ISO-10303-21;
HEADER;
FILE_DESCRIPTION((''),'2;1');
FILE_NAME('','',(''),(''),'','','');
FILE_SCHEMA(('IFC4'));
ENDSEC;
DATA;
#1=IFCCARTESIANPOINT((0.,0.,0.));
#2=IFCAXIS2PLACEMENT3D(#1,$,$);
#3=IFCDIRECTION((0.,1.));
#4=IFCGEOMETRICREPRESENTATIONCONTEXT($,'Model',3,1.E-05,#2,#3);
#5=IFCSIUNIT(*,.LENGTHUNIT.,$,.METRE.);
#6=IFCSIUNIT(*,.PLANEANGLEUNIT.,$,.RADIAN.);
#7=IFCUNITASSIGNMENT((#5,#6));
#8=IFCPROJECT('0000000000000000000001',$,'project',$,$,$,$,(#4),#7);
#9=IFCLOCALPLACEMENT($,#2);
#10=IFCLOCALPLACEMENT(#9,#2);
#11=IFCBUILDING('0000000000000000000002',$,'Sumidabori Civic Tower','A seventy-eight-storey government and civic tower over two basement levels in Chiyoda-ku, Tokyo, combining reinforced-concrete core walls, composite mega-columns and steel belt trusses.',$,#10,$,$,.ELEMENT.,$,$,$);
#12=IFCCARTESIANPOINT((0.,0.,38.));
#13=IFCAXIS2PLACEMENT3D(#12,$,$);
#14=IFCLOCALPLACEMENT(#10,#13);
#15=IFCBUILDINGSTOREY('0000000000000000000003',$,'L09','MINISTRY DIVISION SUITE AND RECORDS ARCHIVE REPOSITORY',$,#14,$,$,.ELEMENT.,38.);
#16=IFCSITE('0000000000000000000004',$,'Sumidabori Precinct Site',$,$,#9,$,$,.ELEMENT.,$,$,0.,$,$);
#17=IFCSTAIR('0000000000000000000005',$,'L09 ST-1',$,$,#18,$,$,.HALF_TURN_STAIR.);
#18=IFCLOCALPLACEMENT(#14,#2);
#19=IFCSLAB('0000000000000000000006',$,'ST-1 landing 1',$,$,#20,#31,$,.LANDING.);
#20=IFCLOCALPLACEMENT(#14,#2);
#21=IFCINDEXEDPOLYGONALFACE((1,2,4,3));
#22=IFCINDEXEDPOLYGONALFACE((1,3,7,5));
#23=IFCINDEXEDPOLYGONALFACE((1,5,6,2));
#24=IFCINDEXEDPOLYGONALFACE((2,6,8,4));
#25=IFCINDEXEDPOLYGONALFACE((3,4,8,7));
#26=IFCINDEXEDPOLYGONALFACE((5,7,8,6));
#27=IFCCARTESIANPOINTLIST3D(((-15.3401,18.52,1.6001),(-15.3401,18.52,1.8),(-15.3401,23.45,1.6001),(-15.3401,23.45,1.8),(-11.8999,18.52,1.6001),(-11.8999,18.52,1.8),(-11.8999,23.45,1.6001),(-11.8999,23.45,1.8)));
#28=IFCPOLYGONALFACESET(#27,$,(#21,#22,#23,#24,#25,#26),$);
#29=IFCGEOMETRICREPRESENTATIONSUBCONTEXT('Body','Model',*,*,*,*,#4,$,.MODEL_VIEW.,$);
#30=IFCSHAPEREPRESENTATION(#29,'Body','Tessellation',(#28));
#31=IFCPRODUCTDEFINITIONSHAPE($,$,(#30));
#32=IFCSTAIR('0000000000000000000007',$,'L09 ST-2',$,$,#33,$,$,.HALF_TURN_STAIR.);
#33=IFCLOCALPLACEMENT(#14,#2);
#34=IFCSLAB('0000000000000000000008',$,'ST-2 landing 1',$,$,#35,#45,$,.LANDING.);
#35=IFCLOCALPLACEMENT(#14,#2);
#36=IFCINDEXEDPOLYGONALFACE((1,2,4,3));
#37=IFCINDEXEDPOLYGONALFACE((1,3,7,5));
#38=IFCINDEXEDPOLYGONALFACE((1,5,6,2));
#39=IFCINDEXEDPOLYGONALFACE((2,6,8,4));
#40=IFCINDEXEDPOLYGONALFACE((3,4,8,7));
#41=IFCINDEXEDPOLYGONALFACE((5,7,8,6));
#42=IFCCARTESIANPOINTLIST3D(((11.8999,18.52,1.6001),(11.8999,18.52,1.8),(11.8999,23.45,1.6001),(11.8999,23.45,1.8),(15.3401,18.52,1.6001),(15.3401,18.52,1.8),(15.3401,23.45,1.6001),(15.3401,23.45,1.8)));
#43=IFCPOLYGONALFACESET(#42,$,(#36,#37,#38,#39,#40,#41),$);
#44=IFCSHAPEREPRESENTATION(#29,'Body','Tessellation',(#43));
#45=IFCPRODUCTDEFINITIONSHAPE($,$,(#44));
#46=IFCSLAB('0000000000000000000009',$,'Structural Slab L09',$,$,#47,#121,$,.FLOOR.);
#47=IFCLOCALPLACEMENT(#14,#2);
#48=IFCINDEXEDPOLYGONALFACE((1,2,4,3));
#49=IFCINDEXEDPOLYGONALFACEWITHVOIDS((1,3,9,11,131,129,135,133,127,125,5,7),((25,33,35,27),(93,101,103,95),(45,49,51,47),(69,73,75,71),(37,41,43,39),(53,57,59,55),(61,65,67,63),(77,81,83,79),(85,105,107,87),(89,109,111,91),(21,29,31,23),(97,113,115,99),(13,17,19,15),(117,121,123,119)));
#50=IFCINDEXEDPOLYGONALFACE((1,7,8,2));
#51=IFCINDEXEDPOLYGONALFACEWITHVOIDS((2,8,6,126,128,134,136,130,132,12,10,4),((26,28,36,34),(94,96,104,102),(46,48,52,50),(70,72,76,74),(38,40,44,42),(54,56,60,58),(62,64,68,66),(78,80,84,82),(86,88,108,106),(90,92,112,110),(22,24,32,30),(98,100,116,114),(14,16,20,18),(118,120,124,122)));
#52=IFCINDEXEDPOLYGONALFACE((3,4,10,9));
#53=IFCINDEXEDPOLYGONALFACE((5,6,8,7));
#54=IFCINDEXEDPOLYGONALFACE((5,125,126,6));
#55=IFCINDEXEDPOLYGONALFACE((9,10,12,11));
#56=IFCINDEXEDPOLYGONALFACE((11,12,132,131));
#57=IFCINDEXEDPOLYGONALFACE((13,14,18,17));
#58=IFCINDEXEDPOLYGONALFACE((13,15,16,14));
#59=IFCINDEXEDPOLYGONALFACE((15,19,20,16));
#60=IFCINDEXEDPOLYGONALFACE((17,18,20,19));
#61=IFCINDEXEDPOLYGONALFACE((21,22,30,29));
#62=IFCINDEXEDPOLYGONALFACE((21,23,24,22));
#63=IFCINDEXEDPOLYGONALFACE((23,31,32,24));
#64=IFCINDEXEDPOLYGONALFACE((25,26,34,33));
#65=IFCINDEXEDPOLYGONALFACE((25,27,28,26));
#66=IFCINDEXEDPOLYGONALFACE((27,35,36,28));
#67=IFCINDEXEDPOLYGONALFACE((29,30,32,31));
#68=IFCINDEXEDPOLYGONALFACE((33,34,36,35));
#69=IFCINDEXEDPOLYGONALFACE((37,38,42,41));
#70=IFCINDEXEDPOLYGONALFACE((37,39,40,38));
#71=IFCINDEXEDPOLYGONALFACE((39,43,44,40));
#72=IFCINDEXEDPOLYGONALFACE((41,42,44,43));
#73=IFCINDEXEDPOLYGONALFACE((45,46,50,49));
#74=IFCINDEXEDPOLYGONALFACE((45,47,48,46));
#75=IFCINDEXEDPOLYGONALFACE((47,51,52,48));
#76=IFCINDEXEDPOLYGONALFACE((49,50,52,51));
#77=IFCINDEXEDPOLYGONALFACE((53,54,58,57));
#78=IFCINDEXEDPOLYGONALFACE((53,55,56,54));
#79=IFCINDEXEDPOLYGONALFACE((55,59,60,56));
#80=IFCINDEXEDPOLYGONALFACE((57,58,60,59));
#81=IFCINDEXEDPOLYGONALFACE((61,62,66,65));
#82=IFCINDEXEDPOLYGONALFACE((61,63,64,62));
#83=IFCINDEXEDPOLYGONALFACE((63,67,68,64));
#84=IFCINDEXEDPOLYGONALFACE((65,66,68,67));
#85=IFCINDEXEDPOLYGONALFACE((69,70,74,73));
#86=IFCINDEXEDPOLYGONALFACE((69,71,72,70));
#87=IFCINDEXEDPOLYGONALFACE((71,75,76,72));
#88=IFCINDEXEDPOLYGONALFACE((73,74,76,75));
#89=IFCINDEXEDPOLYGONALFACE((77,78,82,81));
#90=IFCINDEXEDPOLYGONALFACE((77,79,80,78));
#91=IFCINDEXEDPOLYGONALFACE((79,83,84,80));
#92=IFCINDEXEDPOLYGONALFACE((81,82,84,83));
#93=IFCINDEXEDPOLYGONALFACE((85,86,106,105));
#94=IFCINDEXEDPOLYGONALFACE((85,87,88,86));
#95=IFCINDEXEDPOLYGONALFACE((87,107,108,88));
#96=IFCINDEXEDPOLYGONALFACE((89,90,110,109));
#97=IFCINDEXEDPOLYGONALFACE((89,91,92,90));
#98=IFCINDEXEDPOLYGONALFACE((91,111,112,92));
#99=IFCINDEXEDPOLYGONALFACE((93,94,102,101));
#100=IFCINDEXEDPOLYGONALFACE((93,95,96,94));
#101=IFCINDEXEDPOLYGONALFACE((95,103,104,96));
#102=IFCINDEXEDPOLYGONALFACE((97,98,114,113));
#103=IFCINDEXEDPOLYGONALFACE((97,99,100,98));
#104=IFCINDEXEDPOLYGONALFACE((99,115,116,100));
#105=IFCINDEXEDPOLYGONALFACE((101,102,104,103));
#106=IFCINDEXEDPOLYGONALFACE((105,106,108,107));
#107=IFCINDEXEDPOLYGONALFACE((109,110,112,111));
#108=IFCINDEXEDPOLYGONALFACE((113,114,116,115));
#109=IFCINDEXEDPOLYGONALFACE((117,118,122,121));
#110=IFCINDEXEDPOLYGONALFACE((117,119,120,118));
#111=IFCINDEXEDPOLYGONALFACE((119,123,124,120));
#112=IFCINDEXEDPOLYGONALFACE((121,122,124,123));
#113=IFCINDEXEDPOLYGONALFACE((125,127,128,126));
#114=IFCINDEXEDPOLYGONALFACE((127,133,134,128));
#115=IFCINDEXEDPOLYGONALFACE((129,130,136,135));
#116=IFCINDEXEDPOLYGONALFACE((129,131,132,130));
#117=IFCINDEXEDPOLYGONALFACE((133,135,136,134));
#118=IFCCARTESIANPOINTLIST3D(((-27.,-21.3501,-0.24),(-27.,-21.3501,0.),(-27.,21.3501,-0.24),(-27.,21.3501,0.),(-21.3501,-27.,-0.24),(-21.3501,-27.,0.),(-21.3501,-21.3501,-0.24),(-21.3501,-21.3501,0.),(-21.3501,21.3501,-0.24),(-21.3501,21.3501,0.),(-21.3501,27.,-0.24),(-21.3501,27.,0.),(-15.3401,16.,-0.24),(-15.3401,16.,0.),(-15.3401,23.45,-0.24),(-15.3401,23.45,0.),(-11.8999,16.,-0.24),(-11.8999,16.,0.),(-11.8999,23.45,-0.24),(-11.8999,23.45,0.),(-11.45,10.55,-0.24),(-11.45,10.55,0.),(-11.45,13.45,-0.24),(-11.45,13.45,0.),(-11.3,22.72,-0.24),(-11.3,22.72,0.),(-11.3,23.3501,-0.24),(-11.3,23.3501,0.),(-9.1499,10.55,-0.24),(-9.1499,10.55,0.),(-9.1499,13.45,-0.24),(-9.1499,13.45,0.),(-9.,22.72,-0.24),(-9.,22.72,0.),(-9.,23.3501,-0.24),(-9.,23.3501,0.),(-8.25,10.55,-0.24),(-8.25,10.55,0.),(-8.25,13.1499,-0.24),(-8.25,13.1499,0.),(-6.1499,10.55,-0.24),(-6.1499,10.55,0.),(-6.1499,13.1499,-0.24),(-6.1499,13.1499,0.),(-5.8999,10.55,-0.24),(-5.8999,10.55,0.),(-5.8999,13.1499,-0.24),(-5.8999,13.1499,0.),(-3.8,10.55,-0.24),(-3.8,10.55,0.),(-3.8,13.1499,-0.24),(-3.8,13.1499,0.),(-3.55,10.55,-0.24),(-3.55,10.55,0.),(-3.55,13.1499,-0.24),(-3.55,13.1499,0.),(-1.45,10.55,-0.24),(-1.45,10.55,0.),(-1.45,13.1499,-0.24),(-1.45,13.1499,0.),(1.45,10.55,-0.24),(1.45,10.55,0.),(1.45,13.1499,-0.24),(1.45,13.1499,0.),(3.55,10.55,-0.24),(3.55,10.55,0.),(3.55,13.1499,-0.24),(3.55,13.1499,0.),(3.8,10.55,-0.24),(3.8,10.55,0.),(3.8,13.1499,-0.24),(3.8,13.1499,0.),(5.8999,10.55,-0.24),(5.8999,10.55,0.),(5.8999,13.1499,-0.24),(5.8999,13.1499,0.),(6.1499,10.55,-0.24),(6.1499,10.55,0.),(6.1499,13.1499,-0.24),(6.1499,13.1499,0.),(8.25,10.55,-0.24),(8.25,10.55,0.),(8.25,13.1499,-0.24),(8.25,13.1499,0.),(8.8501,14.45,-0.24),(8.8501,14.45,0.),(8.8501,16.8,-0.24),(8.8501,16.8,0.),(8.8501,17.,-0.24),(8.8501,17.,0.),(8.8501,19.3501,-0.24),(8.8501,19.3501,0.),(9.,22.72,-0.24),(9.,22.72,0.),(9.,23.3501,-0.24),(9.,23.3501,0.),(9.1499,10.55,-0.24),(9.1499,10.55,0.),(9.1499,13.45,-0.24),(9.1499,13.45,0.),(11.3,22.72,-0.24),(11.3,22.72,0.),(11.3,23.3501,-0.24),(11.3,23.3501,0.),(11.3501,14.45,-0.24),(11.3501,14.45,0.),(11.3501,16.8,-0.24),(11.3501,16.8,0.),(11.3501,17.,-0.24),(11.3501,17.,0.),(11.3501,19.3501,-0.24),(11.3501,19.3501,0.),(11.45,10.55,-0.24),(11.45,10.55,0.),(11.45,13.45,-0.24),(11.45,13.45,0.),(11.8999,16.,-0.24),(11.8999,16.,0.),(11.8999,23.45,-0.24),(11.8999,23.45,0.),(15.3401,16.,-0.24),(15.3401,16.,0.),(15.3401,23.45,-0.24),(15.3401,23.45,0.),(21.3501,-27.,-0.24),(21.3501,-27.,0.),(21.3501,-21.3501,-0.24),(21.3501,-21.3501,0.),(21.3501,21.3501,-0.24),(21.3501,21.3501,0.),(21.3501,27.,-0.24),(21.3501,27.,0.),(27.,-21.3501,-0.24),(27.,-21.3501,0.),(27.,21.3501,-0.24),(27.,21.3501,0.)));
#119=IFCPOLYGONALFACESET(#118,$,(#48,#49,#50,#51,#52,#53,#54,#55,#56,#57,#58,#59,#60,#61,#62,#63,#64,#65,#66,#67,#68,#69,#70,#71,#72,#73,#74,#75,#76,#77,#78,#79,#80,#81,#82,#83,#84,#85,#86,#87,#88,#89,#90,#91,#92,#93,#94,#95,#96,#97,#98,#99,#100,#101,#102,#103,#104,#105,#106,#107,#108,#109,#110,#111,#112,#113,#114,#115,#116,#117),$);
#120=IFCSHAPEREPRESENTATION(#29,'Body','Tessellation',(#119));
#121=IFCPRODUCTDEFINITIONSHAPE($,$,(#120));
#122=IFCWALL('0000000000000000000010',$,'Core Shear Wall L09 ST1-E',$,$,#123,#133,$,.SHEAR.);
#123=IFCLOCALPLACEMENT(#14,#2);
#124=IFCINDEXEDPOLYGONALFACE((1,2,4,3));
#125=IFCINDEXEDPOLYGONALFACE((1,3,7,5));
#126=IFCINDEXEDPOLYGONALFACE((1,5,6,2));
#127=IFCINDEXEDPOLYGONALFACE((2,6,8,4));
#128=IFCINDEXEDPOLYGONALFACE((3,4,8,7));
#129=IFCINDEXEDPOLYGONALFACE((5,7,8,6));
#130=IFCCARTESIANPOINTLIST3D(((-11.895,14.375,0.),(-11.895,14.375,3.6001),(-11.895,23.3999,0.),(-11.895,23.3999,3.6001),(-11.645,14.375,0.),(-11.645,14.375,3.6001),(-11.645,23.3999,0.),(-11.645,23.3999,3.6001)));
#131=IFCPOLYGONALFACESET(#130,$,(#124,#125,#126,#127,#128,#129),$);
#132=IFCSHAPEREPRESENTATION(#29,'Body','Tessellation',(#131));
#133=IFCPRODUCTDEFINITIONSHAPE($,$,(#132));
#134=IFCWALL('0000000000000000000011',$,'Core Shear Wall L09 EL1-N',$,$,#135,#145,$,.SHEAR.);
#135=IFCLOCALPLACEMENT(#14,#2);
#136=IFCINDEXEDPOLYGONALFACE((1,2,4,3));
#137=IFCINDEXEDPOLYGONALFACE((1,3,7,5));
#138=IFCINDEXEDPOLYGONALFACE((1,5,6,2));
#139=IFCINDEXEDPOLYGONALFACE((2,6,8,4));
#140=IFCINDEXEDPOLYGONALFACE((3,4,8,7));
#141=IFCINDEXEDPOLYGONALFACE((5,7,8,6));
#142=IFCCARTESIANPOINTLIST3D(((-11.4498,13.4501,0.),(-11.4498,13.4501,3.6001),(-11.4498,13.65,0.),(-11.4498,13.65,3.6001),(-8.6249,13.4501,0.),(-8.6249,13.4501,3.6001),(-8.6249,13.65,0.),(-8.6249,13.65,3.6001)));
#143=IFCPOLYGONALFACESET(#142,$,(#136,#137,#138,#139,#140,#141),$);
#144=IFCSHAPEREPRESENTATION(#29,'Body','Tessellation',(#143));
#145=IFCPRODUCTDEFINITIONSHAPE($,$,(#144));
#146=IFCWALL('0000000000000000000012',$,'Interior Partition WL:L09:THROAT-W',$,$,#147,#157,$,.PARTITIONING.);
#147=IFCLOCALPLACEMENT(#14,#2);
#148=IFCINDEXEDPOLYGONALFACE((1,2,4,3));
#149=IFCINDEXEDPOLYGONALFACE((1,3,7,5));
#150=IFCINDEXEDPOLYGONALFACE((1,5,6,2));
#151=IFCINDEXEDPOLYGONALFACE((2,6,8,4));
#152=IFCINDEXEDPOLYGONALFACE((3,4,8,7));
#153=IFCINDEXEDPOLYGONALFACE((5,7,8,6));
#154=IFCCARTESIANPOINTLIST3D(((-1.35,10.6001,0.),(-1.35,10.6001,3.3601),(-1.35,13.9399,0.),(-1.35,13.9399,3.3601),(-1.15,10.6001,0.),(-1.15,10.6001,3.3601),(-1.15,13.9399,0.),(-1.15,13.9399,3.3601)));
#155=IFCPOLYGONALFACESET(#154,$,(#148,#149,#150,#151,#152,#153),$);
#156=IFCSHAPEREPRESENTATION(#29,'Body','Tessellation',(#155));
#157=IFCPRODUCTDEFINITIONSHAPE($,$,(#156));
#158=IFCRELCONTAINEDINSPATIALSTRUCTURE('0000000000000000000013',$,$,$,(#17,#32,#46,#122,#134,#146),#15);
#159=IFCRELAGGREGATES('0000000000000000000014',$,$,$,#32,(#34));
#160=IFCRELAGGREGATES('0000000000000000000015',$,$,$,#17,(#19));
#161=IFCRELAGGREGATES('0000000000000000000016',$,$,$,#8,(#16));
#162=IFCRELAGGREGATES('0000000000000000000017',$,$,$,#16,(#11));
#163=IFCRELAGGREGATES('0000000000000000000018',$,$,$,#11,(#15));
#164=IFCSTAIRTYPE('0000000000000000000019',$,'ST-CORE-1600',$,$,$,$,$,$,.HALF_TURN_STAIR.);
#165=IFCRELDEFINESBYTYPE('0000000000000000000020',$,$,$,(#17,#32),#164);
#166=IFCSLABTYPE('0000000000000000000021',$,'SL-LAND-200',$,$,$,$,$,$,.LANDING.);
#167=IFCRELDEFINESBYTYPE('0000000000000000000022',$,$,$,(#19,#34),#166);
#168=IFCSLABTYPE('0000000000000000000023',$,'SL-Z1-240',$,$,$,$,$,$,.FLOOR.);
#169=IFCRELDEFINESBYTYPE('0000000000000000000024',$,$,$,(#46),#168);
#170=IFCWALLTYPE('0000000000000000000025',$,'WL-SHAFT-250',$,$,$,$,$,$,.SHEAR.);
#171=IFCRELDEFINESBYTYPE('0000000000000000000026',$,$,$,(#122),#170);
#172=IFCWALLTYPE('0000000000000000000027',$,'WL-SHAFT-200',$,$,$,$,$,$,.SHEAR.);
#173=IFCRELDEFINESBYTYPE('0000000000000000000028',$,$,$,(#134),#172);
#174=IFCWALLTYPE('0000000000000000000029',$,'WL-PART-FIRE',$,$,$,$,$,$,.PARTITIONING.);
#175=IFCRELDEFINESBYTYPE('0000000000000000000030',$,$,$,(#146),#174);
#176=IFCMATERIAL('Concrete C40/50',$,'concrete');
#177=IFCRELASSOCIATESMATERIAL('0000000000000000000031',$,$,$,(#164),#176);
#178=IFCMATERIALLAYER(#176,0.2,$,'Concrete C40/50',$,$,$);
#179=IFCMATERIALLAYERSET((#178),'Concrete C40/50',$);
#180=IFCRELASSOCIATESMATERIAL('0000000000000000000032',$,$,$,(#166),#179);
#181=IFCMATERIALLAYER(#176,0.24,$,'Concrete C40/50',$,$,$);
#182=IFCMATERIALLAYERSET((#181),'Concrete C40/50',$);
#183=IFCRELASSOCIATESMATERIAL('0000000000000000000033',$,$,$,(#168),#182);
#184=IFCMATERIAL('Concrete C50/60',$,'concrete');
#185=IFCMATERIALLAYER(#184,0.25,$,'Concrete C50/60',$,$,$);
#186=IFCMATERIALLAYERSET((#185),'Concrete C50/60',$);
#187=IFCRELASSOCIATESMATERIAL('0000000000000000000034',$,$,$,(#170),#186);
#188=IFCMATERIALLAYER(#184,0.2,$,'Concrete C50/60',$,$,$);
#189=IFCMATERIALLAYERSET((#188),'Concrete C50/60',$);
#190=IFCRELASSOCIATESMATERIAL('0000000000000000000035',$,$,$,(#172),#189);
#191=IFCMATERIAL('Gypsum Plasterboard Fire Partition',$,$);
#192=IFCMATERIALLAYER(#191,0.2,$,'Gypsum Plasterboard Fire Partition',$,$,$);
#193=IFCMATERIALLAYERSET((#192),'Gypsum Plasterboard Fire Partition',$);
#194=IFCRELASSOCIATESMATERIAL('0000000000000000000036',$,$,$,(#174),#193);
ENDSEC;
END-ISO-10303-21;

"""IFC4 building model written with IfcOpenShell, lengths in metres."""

from ifc_helpers import new_model, si_unit, direction, frame, frame_2d, origin, place, context, subcontext, project, spatial, polyline, rectangle, outline, extrude, source, transform, mapped, material, layer, layer_set, type_object, element, aggregate, save


model = new_model("IFC4")

# Units and contexts
model_context = context("Model", 3, precision=1e-05, world=origin(), true_north=direction((0.0, 1.0)))
body_context = subcontext(model_context, "Body", "Model", "MODEL_VIEW")
ifc_project = project(units=[si_unit("LENGTHUNIT", "METRE"), si_unit("PLANEANGLEUNIT", "RADIAN")], contexts=[model_context])

# Site, building, storey
site_placement = place(None, origin())
site = spatial("IfcSite", under=ifc_project, at=site_placement, Name="Sumidabori Precinct Site", CompositionType="ELEMENT", RefElevation=0.0)
building_placement = place(site_placement, origin())
building = spatial("IfcBuilding", under=site, at=building_placement, Name="Sumidabori Civic Tower", Description="A seventy-eight-storey government and civic tower over two basement levels in Chiyoda-ku, Tokyo, combining reinforced-concrete core walls, composite mega-columns and steel belt trusses.", CompositionType="ELEMENT")
storey_placement = place(building_placement, frame((0.0, 0.0, 38.0)))
storey = spatial("IfcBuildingStorey", under=building, at=storey_placement, Name="L09", Description="MINISTRY DIVISION SUITE AND RECORDS ARCHIVE REPOSITORY", CompositionType="ELEMENT", Elevation=38.0)

# Stairs, slabs
ifc_material_1 = material(Name="Concrete C40/50", Category="concrete")
stair_type = type_object("IfcStairType", Name="ST-CORE-1600", PredefinedType="HALF_TURN_STAIR", material=ifc_material_1)
stair_1_placement = place(storey_placement, origin())
stair_1 = element("IfcStair", 1, at=stair_1_placement, inside=storey, type_object=stair_type, Name="L09 ST-1", PredefinedType="HALF_TURN_STAIR")
ifc_layer_1 = layer(ifc_material_1, 0.2, Name="Concrete C40/50")
ifc_layer_set_1 = layer_set([ifc_layer_1], Name="Concrete C40/50")
slab_type_1 = type_object("IfcSlabType", Name="SL-LAND-200", PredefinedType="LANDING", material=ifc_layer_set_1)
slab_1_placement = place(storey_placement, frame((0.0, 0.0, 1.6001)))
slab_1 = element("IfcSlab", 2, at=slab_1_placement, type_object=slab_type_1, Name="ST-1 landing 1", PredefinedType="LANDING", context=body_context, shape_type="SweptSolid", body=[
    extrude(outline(polyline([(-11.8999, 18.52), (-11.8999, 23.45), (-15.3401, 23.45), (-15.3401, 18.52), (-11.8999, 18.52)])), origin(), (0.0, 0.0, 1.0), 0.2),
])
stair_2_placement = place(storey_placement, origin())
stair_2 = element("IfcStair", 3, at=stair_2_placement, inside=storey, type_object=stair_type, Name="L09 ST-2", PredefinedType="HALF_TURN_STAIR")
slab_2_placement = place(storey_placement, frame((0.0, 0.0, 1.6001)))
slab_2 = element("IfcSlab", 4, at=slab_2_placement, type_object=slab_type_1, Name="ST-2 landing 1", PredefinedType="LANDING", context=body_context, shape_type="SweptSolid", body=[
    extrude(outline(polyline([(15.3401, 18.52), (15.3401, 23.45), (11.8999, 23.45), (11.8999, 18.52), (15.3401, 18.52)])), origin(), (0.0, 0.0, 1.0), 0.2),
])
aggregate(stair_2, [slab_2])

# Slab
ifc_layer_2 = layer(ifc_material_1, 0.24, Name="Concrete C40/50")
ifc_layer_set_2 = layer_set([ifc_layer_2], Name="Concrete C40/50")
slab_type_2 = type_object("IfcSlabType", Name="SL-Z1-240", PredefinedType="FLOOR", material=ifc_layer_set_2)
slab_3_placement = place(storey_placement, frame((0.0, 0.0, -0.24)))
element("IfcSlab", 5, at=slab_3_placement, inside=storey, type_object=slab_type_2, Name="Structural Slab L09", PredefinedType="FLOOR", context=body_context, shape_type="SweptSolid", body=[
    extrude(outline(polyline([(-21.3501, -27.0), (21.3501, -27.0), (21.3501, -21.3501), (27.0, -21.3501), (27.0, 21.3501), (21.3501, 21.3501), (21.3501, 27.0), (-21.3501, 27.0), (-21.3501, 21.3501), (-27.0, 21.3501), (-27.0, -21.3501), (-21.3501, -21.3501), (-21.3501, -27.0)]), holes=[polyline([(-11.8999, 16.0), (-11.8999, 23.45), (-15.3401, 23.45), (-15.3401, 16.0), (-11.8999, 16.0)]), polyline([(15.3401, 16.0), (15.3401, 23.45), (11.8999, 23.45), (11.8999, 16.0), (15.3401, 16.0)]), polyline([(-11.45, 10.55), (-9.1499, 10.55), (-9.1499, 13.45), (-11.45, 13.45), (-11.45, 10.55)]), polyline([(9.1499, 10.55), (11.45, 10.55), (11.45, 13.45), (9.1499, 13.45), (9.1499, 10.55)]), polyline([(-8.25, 10.55), (-6.1499, 10.55), (-6.1499, 13.1499), (-8.25, 13.1499), (-8.25, 10.55)]), polyline([(-5.8999, 10.55), (-3.8, 10.55), (-3.8, 13.1499), (-5.8999, 13.1499), (-5.8999, 10.55)]), polyline([(-3.55, 10.55), (-1.45, 10.55), (-1.45, 13.1499), (-3.55, 13.1499), (-3.55, 10.55)]), polyline([(1.45, 10.55), (3.55, 10.55), (3.55, 13.1499), (1.45, 13.1499), (1.45, 10.55)]), polyline([(3.8, 10.55), (5.8999, 10.55), (5.8999, 13.1499), (3.8, 13.1499), (3.8, 10.55)]), polyline([(6.1499, 10.55), (8.25, 10.55), (8.25, 13.1499), (6.1499, 13.1499), (6.1499, 10.55)]), polyline([(8.8501, 14.45), (11.3501, 14.45), (11.3501, 16.8), (8.8501, 16.8), (8.8501, 14.45)]), polyline([(8.8501, 17.0), (11.3501, 17.0), (11.3501, 19.3501), (8.8501, 19.3501), (8.8501, 17.0)]), polyline([(-11.3, 22.72), (-9.0, 22.72), (-9.0, 23.3501), (-11.3, 23.3501), (-11.3, 22.72)]), polyline([(9.0, 22.72), (11.3, 22.72), (11.3, 23.3501), (9.0, 23.3501), (9.0, 22.72)])]), origin(), (0.0, 0.0, 1.0), 0.24),
])

# Shared definitions
ifc_material_2 = material(Name="Concrete C50/60", Category="concrete")
ifc_layer_3 = layer(ifc_material_2, 0.25, Name="Concrete C50/60")
ifc_layer_set_3 = layer_set([ifc_layer_3], Name="Concrete C50/60")
wall_type_1 = type_object("IfcWallType", Name="WL-SHAFT-250", PredefinedType="SHEAR", material=ifc_layer_set_3)

# Wall
shared_shape_1 = source(origin(), body_context, "Body", "SweptSolid", [
    extrude(rectangle(XDim=9.0249, YDim=0.25, at=frame_2d((4.5125, 0.0))), origin(), (0.0, 0.0, 1.0), 3.6001),
])
wall_1_placement = place(storey_placement, frame((-11.77, 14.375, 0.0), z_axis=(0.0, 0.0, 1.0), x_axis=(0.0, 1.0, 0.0)))
element("IfcWall", 6, at=wall_1_placement, inside=storey, type_object=wall_type_1, Name="Core Shear Wall L09 ST1-E", PredefinedType="SHEAR", context=body_context, shape_type="MappedRepresentation", body=[
    mapped(shared_shape_1, transform((0.0, 0.0, 0.0), x_axis=(1.0, 0.0, 0.0), y_axis=(0.0, 1.0, 0.0), z_axis=(0.0, 0.0, 1.0), scale=1.0)),
])

# Shared definitions
ifc_layer_4 = layer(ifc_material_2, 0.2, Name="Concrete C50/60")
ifc_layer_set_4 = layer_set([ifc_layer_4], Name="Concrete C50/60")
wall_type_2 = type_object("IfcWallType", Name="WL-SHAFT-200", PredefinedType="SHEAR", material=ifc_layer_set_4)

# Wall
shared_shape_2 = source(origin(), body_context, "Body", "SweptSolid", [
    extrude(rectangle(XDim=2.825, YDim=0.2, at=frame_2d((1.4126, 0.0))), origin(), (0.0, 0.0, 1.0), 3.6001),
])
wall_2_placement = place(storey_placement, frame((-11.45, 13.55, 0.0), z_axis=(0.0, 0.0, 1.0), x_axis=(1.0, 0.0, 0.0)))
element("IfcWall", 7, at=wall_2_placement, inside=storey, type_object=wall_type_2, Name="Core Shear Wall L09 EL1-N", PredefinedType="SHEAR", context=body_context, shape_type="MappedRepresentation", body=[
    mapped(shared_shape_2, transform((0.0, 0.0, 0.0), x_axis=(1.0, 0.0, 0.0), y_axis=(0.0, 1.0, 0.0), z_axis=(0.0, 0.0, 1.0), scale=1.0)),
])

# Shared definitions
ifc_material_3 = material(Name="Gypsum Plasterboard Fire Partition")
ifc_layer_5 = layer(ifc_material_3, 0.2, Name="Gypsum Plasterboard Fire Partition")
ifc_layer_set_5 = layer_set([ifc_layer_5], Name="Gypsum Plasterboard Fire Partition")
wall_type_3 = type_object("IfcWallType", Name="WL-PART-FIRE", PredefinedType="PARTITIONING", material=ifc_layer_set_5)

# Wall
shared_shape_3 = source(origin(), body_context, "Body", "SweptSolid", [
    extrude(rectangle(XDim=3.3398, YDim=0.2, at=frame_2d((1.6699, 0.0))), origin(), (0.0, 0.0, 1.0), 3.3601),
])
wall_3_placement = place(storey_placement, frame((-1.25, 10.6001, 0.0), z_axis=(0.0, 0.0, 1.0), x_axis=(0.0, 1.0, 0.0)))
element("IfcWall", 8, at=wall_3_placement, inside=storey, type_object=wall_type_3, Name="Interior Partition WL:L09:THROAT-W", PredefinedType="PARTITIONING", context=body_context, shape_type="MappedRepresentation", body=[
    mapped(shared_shape_3, transform((0.0, 0.0, 0.0), x_axis=(1.0, 0.0, 0.0), y_axis=(0.0, 1.0, 0.0), z_axis=(0.0, 0.0, 1.0), scale=1.0)),
])

aggregate(stair_1, [slab_1])

save(model, "model.ifc")
